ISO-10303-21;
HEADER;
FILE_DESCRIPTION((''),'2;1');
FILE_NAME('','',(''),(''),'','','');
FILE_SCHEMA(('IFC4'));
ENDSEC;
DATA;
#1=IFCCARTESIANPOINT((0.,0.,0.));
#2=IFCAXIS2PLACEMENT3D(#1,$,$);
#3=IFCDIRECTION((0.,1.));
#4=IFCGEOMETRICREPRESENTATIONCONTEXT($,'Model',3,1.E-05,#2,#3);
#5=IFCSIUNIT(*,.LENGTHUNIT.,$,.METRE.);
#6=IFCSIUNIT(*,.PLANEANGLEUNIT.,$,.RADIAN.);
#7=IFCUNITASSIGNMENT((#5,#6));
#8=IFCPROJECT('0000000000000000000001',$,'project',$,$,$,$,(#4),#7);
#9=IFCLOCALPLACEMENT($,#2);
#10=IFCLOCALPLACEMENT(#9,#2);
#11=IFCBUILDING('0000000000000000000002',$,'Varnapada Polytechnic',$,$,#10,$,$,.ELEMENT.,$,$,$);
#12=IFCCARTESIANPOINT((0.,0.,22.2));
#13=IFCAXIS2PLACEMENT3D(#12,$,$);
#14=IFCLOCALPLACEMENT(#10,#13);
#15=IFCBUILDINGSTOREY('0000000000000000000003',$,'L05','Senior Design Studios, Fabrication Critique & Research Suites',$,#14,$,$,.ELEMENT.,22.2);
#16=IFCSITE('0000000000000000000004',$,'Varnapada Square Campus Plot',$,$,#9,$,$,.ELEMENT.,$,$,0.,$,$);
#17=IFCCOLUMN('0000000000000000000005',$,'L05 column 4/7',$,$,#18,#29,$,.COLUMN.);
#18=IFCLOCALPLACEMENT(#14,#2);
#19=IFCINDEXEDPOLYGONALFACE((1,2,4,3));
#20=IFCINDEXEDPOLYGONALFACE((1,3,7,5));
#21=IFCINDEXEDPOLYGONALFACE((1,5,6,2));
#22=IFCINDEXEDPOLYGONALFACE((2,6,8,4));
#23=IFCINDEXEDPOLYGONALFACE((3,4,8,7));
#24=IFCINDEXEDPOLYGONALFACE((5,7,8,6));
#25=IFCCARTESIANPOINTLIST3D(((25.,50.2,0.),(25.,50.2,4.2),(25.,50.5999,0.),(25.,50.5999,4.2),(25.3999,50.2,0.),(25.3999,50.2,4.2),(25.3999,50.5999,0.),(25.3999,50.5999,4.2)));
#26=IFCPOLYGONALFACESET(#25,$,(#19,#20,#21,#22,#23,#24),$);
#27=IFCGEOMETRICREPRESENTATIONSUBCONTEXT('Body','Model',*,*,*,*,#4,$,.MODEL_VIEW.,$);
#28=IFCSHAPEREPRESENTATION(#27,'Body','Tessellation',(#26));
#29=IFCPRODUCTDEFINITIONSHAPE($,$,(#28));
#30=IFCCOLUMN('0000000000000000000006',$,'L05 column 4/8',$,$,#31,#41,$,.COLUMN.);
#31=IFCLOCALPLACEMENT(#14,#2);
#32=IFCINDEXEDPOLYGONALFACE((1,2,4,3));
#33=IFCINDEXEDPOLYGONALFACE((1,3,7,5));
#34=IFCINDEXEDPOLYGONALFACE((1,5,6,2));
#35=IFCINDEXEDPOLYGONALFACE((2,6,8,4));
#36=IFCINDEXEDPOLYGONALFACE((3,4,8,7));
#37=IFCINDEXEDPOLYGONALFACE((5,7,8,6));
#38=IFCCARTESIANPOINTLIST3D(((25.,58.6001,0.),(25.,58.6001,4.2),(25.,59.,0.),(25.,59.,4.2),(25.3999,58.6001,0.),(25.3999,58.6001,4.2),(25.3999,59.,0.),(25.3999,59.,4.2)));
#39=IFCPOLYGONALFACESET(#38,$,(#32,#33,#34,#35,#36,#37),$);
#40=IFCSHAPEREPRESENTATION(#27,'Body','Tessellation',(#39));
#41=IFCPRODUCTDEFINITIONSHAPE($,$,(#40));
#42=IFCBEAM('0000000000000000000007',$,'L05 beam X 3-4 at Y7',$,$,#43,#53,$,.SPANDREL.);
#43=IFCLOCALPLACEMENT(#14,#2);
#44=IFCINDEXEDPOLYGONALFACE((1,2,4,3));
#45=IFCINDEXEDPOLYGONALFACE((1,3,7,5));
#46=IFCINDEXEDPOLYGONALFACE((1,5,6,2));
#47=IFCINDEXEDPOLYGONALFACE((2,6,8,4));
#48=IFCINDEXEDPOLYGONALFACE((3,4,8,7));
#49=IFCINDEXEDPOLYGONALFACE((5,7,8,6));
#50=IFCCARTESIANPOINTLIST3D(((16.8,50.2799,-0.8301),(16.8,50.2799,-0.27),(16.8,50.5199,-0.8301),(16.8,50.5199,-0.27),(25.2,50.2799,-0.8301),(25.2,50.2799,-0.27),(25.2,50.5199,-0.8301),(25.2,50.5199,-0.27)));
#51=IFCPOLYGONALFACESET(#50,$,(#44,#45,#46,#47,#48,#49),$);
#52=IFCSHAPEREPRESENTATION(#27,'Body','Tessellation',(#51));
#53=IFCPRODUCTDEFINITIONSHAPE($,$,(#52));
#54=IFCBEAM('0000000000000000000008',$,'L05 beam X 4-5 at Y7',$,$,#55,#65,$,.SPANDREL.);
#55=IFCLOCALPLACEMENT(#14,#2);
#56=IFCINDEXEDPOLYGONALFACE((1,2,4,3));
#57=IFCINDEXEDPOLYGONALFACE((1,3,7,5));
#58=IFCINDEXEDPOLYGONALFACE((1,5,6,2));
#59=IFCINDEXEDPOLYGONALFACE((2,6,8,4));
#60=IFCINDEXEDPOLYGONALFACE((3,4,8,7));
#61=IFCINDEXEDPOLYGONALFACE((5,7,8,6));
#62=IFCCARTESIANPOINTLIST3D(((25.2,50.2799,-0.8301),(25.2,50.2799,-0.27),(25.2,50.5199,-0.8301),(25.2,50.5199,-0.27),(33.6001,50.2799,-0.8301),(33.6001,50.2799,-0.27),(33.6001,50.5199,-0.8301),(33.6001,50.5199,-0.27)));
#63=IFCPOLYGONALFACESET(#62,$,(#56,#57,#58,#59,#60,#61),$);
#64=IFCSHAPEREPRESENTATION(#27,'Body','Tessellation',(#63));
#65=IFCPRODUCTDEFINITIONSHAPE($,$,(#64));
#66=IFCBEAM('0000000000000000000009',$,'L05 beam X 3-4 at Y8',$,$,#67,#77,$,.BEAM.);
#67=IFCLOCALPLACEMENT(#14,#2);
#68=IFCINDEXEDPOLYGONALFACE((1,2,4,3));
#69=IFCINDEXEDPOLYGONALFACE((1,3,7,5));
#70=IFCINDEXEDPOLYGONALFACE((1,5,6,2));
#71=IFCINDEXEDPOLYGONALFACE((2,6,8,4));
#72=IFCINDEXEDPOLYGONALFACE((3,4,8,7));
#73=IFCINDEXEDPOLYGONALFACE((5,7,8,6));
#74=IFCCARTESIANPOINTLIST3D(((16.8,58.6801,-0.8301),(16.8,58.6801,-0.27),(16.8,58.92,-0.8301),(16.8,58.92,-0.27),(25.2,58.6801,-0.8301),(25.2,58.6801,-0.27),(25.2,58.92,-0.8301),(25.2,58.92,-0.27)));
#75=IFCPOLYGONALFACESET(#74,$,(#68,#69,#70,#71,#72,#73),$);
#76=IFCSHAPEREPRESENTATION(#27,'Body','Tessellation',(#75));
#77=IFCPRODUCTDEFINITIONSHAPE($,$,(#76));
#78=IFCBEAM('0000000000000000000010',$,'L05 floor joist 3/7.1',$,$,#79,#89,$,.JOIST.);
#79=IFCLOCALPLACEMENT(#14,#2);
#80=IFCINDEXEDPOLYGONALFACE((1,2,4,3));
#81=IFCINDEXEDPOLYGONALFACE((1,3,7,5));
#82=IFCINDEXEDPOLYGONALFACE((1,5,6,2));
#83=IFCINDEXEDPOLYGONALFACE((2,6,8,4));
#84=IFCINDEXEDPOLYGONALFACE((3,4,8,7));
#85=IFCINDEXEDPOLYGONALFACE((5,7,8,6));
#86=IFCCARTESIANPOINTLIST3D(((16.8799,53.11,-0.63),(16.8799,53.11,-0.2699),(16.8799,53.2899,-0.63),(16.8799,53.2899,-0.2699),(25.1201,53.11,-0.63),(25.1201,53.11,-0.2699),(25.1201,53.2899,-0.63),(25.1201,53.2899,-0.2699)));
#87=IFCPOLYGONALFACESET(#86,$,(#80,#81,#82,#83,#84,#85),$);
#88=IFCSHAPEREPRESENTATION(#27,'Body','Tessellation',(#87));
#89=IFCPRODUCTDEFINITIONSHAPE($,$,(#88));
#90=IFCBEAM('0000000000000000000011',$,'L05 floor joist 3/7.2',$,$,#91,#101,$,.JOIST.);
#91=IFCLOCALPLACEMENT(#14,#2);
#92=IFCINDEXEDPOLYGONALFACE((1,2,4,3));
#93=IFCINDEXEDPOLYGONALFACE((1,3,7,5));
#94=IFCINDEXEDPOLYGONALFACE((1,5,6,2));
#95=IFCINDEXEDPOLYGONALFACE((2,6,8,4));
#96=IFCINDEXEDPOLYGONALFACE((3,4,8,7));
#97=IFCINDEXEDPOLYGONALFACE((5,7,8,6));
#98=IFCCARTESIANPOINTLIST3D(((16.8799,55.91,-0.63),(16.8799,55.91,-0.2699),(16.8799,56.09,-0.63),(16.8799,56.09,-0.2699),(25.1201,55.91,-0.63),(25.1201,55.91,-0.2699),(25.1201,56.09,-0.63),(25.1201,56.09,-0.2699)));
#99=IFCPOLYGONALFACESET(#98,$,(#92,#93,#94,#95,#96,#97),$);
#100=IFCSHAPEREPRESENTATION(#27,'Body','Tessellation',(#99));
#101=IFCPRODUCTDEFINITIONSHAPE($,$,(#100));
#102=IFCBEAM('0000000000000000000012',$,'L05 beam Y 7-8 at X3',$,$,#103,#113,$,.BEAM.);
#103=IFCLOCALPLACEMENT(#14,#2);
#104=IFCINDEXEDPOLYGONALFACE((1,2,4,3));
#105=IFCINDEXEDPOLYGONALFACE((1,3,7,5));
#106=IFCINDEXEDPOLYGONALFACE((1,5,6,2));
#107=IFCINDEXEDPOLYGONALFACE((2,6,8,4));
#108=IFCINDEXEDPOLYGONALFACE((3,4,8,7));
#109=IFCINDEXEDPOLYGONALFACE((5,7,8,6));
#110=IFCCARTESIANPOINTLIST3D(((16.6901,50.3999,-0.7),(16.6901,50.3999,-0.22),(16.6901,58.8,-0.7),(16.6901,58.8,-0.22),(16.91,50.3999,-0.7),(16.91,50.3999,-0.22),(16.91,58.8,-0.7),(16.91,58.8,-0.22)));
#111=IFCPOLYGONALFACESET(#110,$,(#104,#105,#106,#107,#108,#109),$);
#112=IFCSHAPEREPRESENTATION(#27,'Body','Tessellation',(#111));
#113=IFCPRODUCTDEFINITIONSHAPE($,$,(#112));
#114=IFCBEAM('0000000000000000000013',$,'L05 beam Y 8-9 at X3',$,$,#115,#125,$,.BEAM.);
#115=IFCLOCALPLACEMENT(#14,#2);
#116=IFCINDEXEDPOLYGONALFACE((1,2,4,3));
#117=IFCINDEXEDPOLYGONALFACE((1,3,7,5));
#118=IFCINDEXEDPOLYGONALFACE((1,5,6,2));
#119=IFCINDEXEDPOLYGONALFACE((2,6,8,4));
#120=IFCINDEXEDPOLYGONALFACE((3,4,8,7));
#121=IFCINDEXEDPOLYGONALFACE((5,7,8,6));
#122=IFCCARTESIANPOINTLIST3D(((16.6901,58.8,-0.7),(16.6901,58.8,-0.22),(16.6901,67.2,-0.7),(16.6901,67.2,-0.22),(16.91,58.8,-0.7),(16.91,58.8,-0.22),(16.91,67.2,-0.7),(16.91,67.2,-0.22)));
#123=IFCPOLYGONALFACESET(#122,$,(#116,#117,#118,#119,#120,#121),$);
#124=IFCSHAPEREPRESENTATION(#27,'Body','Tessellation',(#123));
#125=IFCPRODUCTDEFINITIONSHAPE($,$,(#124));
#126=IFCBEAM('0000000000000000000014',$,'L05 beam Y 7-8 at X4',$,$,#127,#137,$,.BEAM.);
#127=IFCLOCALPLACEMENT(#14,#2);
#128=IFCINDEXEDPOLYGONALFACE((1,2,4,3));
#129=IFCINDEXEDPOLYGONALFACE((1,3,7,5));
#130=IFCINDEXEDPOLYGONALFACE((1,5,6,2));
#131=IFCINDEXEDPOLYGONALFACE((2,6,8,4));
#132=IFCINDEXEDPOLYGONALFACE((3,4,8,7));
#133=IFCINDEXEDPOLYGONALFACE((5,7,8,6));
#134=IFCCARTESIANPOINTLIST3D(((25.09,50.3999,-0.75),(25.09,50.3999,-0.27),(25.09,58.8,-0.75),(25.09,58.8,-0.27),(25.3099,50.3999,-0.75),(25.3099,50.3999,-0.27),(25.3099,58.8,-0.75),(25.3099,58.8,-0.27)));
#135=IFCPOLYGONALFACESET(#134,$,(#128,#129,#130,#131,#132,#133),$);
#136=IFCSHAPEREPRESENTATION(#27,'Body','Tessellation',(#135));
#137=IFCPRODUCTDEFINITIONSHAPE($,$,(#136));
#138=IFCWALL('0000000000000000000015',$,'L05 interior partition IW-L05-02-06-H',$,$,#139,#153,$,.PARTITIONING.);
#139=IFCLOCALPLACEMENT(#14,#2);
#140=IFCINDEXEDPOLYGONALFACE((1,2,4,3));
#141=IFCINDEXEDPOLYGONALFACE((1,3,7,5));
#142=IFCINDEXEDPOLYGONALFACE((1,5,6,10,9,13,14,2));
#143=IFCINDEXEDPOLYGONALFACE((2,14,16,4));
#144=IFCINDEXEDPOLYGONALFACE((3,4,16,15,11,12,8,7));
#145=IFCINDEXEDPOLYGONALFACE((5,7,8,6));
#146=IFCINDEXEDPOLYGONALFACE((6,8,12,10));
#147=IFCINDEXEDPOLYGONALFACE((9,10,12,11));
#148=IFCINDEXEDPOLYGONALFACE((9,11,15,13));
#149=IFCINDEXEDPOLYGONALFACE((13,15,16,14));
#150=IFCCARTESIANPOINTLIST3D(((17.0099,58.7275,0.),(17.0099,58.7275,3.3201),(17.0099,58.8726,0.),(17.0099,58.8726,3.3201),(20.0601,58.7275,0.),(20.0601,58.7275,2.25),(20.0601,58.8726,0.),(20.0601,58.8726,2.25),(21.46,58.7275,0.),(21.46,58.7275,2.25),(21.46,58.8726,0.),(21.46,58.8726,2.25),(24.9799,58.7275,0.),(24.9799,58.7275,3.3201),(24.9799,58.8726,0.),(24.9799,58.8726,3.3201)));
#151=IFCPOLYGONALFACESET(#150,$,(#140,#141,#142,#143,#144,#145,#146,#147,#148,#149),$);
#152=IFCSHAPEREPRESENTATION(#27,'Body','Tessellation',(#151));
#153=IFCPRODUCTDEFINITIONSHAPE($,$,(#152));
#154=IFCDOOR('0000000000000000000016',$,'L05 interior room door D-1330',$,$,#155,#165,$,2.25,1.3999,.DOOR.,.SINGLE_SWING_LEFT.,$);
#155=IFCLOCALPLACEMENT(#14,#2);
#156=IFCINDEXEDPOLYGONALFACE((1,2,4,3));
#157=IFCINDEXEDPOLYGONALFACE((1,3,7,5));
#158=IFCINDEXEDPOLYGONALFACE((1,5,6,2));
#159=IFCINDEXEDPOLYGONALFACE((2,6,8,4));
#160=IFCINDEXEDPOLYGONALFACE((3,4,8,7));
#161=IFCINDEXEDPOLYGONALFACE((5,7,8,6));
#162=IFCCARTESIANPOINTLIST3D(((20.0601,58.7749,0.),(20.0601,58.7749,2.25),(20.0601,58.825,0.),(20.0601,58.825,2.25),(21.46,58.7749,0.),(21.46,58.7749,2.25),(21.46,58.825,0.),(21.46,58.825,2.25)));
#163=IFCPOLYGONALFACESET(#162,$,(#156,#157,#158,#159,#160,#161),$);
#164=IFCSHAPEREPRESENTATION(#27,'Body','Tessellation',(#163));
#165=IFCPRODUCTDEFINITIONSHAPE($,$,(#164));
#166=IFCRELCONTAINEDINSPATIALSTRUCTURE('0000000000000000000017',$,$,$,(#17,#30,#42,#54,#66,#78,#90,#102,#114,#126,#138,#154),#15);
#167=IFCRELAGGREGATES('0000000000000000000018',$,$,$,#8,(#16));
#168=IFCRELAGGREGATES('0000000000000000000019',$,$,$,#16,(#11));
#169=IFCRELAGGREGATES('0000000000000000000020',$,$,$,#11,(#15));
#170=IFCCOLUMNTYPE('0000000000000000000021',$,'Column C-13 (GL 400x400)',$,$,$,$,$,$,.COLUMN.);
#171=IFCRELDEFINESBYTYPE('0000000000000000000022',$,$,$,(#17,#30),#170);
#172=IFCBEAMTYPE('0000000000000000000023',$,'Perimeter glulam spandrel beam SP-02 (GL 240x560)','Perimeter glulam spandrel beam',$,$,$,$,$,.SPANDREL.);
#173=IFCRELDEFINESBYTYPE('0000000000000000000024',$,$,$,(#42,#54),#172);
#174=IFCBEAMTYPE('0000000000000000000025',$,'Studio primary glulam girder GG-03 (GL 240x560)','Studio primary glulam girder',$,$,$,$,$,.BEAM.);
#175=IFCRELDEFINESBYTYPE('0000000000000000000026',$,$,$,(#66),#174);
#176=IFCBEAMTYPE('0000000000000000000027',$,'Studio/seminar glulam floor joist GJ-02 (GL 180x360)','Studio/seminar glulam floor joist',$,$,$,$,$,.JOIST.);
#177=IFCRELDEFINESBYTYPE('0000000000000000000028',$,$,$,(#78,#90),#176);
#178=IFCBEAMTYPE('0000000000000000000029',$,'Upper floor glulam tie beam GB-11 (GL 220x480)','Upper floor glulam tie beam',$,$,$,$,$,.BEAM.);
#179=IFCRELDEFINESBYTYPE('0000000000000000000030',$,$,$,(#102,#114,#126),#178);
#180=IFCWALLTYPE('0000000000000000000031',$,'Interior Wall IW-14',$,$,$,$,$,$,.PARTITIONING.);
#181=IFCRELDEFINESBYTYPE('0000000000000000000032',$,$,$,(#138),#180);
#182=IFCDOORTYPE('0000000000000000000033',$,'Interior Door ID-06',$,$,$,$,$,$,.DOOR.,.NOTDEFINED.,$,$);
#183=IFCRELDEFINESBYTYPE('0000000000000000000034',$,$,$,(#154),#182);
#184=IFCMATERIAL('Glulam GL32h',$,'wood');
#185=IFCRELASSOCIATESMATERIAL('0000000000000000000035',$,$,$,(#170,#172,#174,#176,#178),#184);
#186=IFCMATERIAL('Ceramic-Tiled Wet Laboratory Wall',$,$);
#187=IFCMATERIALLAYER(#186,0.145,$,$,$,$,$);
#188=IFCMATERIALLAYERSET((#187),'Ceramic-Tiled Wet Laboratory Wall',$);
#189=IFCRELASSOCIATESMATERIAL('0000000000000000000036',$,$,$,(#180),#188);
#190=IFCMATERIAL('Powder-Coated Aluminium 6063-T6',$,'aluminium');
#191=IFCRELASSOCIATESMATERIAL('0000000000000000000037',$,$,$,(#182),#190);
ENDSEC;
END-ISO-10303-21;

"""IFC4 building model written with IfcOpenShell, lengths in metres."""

from ifc_helpers import new_model, si_unit, direction, frame, frame_2d, origin, origin_2d, place, context, subcontext, project, spatial, rectangle, extrude, material, layer, layer_set, material_profile, profile_set, type_object, element, fill, save


model = new_model("IFC4")

# Units and contexts
model_context = context("Model", 3, precision=1e-05, world=origin(), true_north=direction((0.0, 1.0)))
body_context = subcontext(model_context, "Body", "Model", "MODEL_VIEW")
ifc_project = project(units=[si_unit("LENGTHUNIT", "METRE"), si_unit("PLANEANGLEUNIT", "RADIAN")], contexts=[model_context])

# Site, building, storey
site_placement = place(None, origin())
site = spatial("IfcSite", under=ifc_project, at=site_placement, Name="Varnapada Square Campus Plot", CompositionType="ELEMENT", RefElevation=0.0)
building_placement = place(site_placement, origin())
building = spatial("IfcBuilding", under=site, at=building_placement, Name="Varnapada Polytechnic", CompositionType="ELEMENT")
storey_placement = place(building_placement, frame((0.0, 0.0, 22.2)))
storey = spatial("IfcBuildingStorey", under=building, at=storey_placement, Name="L05", Description="Senior Design Studios, Fabrication Critique & Research Suites", CompositionType="ELEMENT", Elevation=22.2)

# Columns
ifc_material_1 = material(Name="Glulam GL32h", Category="wood")
ifc_material_profile_1 = material_profile(ifc_material_1, rectangle(XDim=0.3999, YDim=0.3999, at=origin_2d()), Name="GL 400x400")
ifc_profile_set_1 = profile_set([ifc_material_profile_1], Name="Glulam GL32h")
column_type = type_object("IfcColumnType", Name="Column C-13 (GL 400x400)", PredefinedType="COLUMN", material=ifc_profile_set_1)
for number, where, z_axis, x_axis, name in (
    (1, (25.2, 50.3999, 0.0), (0.0, 0.0, 1.0), (1.0, 0.0, 0.0), "L05 column 4/7"),
    (2, (25.2, 58.8, 0.0), (0.0, 0.0, 1.0), (1.0, 0.0, 0.0), "L05 column 4/8"),
):
    element("IfcColumn", number, at=place(storey_placement, frame(where, z_axis=z_axis, x_axis=x_axis)), inside=storey, type_object=column_type, Name=name, PredefinedType="COLUMN", context=body_context, shape_type="SweptSolid", body=[
        extrude(rectangle(XDim=0.3999, YDim=0.3999, at=origin_2d()), origin(), (0.0, 0.0, 1.0), 4.2),
    ])

# Beams
ifc_material_profile_2 = material_profile(ifc_material_1, rectangle(XDim=0.24, YDim=0.5601, at=origin_2d()), Name="GL 240x560")
ifc_profile_set_2 = profile_set([ifc_material_profile_2], Name="Glulam GL32h")
beam_type_1 = type_object("IfcBeamType", Name="Perimeter glulam spandrel beam SP-02 (GL 240x560)", Description="Perimeter glulam spandrel beam", PredefinedType="SPANDREL", material=ifc_profile_set_2)
beam_1_placement = place(storey_placement, frame((16.8, 50.3999, -0.55), z_axis=(1.0, 0.0, 0.0), x_axis=(0.0, 1.0, 0.0)))
element("IfcBeam", 3, at=beam_1_placement, inside=storey, type_object=beam_type_1, Name="L05 beam X 3-4 at Y7", PredefinedType="SPANDREL", context=body_context, shape_type="SweptSolid", body=[
    extrude(rectangle(XDim=0.24, YDim=0.5601, at=origin_2d()), origin(), (0.0, 0.0, 1.0), 8.3999),
])
beam_2_placement = place(storey_placement, frame((25.2, 50.3999, -0.55), z_axis=(1.0, 0.0, 0.0), x_axis=(0.0, 1.0, 0.0)))
element("IfcBeam", 4, at=beam_2_placement, inside=storey, type_object=beam_type_1, Name="L05 beam X 4-5 at Y7", PredefinedType="SPANDREL", context=body_context, shape_type="SweptSolid", body=[
    extrude(rectangle(XDim=0.24, YDim=0.5601, at=origin_2d()), origin(), (0.0, 0.0, 1.0), 8.4001),
])
ifc_material_profile_3 = material_profile(ifc_material_1, rectangle(XDim=0.24, YDim=0.5601, at=origin_2d()), Name="GL 240x560")
ifc_profile_set_3 = profile_set([ifc_material_profile_3], Name="Glulam GL32h")
beam_type_2 = type_object("IfcBeamType", Name="Studio primary glulam girder GG-03 (GL 240x560)", Description="Studio primary glulam girder", PredefinedType="BEAM", material=ifc_profile_set_3)
beam_3_placement = place(storey_placement, frame((16.8, 58.8, -0.55), z_axis=(1.0, 0.0, 0.0), x_axis=(0.0, 1.0, 0.0)))
element("IfcBeam", 5, at=beam_3_placement, inside=storey, type_object=beam_type_2, Name="L05 beam X 3-4 at Y8", PredefinedType="BEAM", context=body_context, shape_type="SweptSolid", body=[
    extrude(rectangle(XDim=0.24, YDim=0.5601, at=origin_2d()), origin(), (0.0, 0.0, 1.0), 8.3999),
])
ifc_material_profile_4 = material_profile(ifc_material_1, rectangle(XDim=0.1799, YDim=0.3601, at=origin_2d()), Name="GL 180x360")
ifc_profile_set_4 = profile_set([ifc_material_profile_4], Name="Glulam GL32h")
beam_type_3 = type_object("IfcBeamType", Name="Studio/seminar glulam floor joist GJ-02 (GL 180x360)", Description="Studio/seminar glulam floor joist", PredefinedType="JOIST", material=ifc_profile_set_4)
for number, where, z_axis, x_axis, name in (
    (6, (16.8799, 53.2, -0.45), (1.0, 0.0, 0.0), (0.0, 1.0, 0.0), "L05 floor joist 3/7.1"),
    (7, (16.8799, 56.0, -0.45), (1.0, 0.0, 0.0), (0.0, 1.0, 0.0), "L05 floor joist 3/7.2"),
):
    element("IfcBeam", number, at=place(storey_placement, frame(where, z_axis=z_axis, x_axis=x_axis)), inside=storey, type_object=beam_type_3, Name=name, PredefinedType="JOIST", context=body_context, shape_type="SweptSolid", body=[
        extrude(rectangle(XDim=0.1799, YDim=0.3601, at=origin_2d()), origin(), (0.0, 0.0, 1.0), 8.2402),
    ])
ifc_material_profile_5 = material_profile(ifc_material_1, rectangle(XDim=0.22, YDim=0.48, at=origin_2d()), Name="GL 220x480")
ifc_profile_set_5 = profile_set([ifc_material_profile_5], Name="Glulam GL32h")
beam_type_4 = type_object("IfcBeamType", Name="Upper floor glulam tie beam GB-11 (GL 220x480)", Description="Upper floor glulam tie beam", PredefinedType="BEAM", material=ifc_profile_set_5)
beam_4_placement = place(storey_placement, frame((16.8, 50.3999, -0.46), z_axis=(0.0, 1.0, 0.0), x_axis=(-1.0, 0.0, 0.0)))
element("IfcBeam", 8, at=beam_4_placement, inside=storey, type_object=beam_type_4, Name="L05 beam Y 7-8 at X3", PredefinedType="BEAM", context=body_context, shape_type="SweptSolid", body=[
    extrude(rectangle(XDim=0.22, YDim=0.48, at=origin_2d()), origin(), (0.0, 0.0, 1.0), 8.4001),
])
beam_5_placement = place(storey_placement, frame((16.8, 58.8, -0.46), z_axis=(0.0, 1.0, 0.0), x_axis=(-1.0, 0.0, 0.0)))
element("IfcBeam", 9, at=beam_5_placement, inside=storey, type_object=beam_type_4, Name="L05 beam Y 8-9 at X3", PredefinedType="BEAM", context=body_context, shape_type="SweptSolid", body=[
    extrude(rectangle(XDim=0.22, YDim=0.48, at=origin_2d()), origin(), (0.0, 0.0, 1.0), 8.3999),
])
beam_6_placement = place(storey_placement, frame((25.2, 50.3999, -0.51), z_axis=(0.0, 1.0, 0.0), x_axis=(-1.0, 0.0, 0.0)))
element("IfcBeam", 10, at=beam_6_placement, inside=storey, type_object=beam_type_4, Name="L05 beam Y 7-8 at X4", PredefinedType="BEAM", context=body_context, shape_type="SweptSolid", body=[
    extrude(rectangle(XDim=0.22, YDim=0.48, at=origin_2d()), origin(), (0.0, 0.0, 1.0), 8.4001),
])

# Wall, opening, door
ifc_material_2 = material(Name="Ceramic-Tiled Wet Laboratory Wall")
ifc_layer_1 = layer(ifc_material_2, 0.145)
ifc_layer_set_1 = layer_set([ifc_layer_1], Name="Ceramic-Tiled Wet Laboratory Wall")
wall_type_1 = type_object("IfcWallType", Name="Interior Wall IW-14", PredefinedType="PARTITIONING", material=ifc_layer_set_1)
wall_1_placement = place(storey_placement, frame((17.01, 58.8, 0.0), z_axis=(0.0, 0.0, 1.0), x_axis=(1.0, 0.0, 0.0)))
wall_1 = element("IfcWall", 11, at=wall_1_placement, inside=storey, type_object=wall_type_1, Name="L05 interior partition IW-L05-02-06-H", PredefinedType="PARTITIONING", context=body_context, shape_type="SweptSolid", body=[
    extrude(rectangle(XDim=7.97, YDim=0.145, at=frame_2d((3.9849, 0.0))), origin(), (0.0, 0.0, 1.0), 3.3201),
])
opening_1_placement = place(wall_1_placement, frame((3.05, 0.0, 0.0)))
opening_1 = element("IfcOpeningElement", 12, at=opening_1_placement, cuts=wall_1, PredefinedType="OPENING", context=body_context, shape_type="SweptSolid", body=[
    extrude(rectangle(XDim=1.3999, YDim=2.25, at=frame_2d((0.7, 1.125))), frame((0.0, 0.0825, 0.0), z_axis=(0.0, -1.0, 0.0), x_axis=(1.0, 0.0, 0.0)), (0.0, 0.0, 1.0), 0.165),
])
ifc_material_3 = material(Name="Powder-Coated Aluminium 6063-T6", Category="aluminium")
door_type_1 = type_object("IfcDoorType", Name="Interior Door ID-06", OperationType="NOTDEFINED", PredefinedType="DOOR", material=ifc_material_3)
door_1_placement = place(opening_1_placement, origin())
door_1 = element("IfcDoor", 13, at=door_1_placement, inside=storey, type_object=door_type_1, Name="L05 interior room door D-1330", OperationType="SINGLE_SWING_LEFT", OverallHeight=2.25, OverallWidth=1.3999, PredefinedType="DOOR", context=body_context, shape_type="SweptSolid", body=[
    extrude(rectangle(XDim=1.3999, YDim=2.25, at=frame_2d((0.7, 1.125))), frame((0.0, 0.0249, 0.0), z_axis=(0.0, -1.0, 0.0), x_axis=(1.0, 0.0, 0.0)), (0.0, 0.0, 1.0), 0.05),
])
fill(opening_1, door_1)

save(model, "model.ifc")
